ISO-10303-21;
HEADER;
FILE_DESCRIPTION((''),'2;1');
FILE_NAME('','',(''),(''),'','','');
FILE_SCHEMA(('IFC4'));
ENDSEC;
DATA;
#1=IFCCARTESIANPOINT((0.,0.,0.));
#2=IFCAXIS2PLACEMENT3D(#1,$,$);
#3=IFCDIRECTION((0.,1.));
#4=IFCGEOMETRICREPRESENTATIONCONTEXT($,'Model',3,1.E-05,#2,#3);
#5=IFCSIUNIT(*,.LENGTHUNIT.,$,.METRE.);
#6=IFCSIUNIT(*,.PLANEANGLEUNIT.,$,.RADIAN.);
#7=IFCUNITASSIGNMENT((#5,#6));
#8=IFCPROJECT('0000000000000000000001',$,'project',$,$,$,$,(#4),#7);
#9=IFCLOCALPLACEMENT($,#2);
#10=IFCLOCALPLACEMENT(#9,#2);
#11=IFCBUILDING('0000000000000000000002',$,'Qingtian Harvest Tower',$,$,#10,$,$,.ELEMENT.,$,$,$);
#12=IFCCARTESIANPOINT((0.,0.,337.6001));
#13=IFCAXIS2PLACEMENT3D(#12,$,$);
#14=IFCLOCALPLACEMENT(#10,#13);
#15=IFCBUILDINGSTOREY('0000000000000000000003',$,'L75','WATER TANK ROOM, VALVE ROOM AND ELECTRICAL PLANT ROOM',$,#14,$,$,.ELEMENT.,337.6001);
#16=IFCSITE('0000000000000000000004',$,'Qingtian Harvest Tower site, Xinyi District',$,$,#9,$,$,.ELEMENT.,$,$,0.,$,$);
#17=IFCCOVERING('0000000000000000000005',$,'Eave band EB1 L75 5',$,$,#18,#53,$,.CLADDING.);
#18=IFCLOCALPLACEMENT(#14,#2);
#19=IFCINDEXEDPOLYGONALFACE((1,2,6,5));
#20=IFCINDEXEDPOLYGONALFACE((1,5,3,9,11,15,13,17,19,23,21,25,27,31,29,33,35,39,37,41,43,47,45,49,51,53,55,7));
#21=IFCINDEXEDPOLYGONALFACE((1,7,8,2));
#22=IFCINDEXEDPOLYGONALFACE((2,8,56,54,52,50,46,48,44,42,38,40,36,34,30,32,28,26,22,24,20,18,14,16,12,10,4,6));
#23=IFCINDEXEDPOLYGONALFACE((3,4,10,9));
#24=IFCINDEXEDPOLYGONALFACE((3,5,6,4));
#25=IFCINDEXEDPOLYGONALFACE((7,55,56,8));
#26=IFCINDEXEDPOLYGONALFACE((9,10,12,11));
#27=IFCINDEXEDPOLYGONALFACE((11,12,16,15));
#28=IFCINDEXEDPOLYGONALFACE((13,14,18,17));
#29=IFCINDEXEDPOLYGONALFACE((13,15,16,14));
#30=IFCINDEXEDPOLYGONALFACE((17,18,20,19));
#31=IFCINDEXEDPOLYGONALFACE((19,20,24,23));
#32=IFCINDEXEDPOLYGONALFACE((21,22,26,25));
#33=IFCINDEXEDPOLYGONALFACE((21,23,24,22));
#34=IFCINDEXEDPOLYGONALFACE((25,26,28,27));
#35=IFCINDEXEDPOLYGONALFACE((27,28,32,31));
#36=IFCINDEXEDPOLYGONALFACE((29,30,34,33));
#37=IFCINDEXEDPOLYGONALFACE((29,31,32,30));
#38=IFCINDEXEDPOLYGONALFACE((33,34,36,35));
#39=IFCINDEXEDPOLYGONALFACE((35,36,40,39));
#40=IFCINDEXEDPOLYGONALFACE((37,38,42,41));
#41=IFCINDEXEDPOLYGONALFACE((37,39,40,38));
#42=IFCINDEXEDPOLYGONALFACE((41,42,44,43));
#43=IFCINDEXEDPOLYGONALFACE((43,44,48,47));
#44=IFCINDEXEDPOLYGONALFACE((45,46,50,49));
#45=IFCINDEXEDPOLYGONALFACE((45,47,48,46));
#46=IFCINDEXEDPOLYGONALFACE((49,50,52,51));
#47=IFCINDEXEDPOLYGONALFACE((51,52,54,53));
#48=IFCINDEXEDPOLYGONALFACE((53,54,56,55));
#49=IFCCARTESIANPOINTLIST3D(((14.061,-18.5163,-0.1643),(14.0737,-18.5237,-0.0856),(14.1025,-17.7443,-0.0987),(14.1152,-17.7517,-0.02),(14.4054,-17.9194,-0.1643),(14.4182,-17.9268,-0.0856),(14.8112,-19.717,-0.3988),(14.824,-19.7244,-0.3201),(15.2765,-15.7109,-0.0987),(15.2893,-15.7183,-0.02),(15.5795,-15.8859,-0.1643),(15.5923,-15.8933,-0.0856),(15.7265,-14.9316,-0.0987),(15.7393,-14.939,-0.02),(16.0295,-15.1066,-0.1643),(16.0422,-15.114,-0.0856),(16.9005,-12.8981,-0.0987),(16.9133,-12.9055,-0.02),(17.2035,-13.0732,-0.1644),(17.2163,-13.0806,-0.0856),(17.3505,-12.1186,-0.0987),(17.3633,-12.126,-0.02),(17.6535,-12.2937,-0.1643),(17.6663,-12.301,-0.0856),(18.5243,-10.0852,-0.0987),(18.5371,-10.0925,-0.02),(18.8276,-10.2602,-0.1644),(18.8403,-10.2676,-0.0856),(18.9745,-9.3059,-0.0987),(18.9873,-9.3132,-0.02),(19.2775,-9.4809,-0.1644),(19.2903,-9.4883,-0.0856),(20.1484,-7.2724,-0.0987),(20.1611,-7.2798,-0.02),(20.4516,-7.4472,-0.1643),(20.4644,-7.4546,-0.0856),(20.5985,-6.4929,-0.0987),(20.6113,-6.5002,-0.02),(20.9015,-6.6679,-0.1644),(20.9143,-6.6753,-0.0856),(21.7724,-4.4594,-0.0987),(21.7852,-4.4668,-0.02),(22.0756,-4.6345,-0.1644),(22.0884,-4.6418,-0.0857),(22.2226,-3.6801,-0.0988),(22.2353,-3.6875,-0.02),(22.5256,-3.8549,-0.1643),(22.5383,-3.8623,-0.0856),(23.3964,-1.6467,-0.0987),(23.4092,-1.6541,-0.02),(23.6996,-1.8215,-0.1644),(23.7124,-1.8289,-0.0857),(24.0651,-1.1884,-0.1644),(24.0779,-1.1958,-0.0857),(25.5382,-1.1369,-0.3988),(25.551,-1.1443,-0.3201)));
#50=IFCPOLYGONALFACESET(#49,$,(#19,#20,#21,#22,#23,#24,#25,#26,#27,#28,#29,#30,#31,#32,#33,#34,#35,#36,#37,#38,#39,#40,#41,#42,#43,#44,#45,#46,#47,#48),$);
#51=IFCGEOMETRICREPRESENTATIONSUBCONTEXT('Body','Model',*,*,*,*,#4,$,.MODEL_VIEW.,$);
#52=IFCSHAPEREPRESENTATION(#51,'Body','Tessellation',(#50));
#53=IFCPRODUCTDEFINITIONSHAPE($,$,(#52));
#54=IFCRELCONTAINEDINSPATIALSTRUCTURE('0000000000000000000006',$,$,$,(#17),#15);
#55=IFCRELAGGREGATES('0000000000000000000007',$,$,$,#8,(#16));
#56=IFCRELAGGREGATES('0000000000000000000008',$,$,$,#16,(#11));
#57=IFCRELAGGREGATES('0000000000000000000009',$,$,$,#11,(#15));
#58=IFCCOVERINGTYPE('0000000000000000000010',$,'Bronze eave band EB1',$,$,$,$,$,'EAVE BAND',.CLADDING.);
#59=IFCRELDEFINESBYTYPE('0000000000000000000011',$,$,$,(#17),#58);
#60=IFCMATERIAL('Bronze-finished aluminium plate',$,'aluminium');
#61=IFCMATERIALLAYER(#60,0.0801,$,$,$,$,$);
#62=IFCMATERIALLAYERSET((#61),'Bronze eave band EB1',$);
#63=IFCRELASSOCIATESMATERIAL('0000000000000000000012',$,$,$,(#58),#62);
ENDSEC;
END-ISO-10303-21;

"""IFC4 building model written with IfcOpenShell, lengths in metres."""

from ifc_helpers import new_model, si_unit, direction, frame, origin, place, context, subcontext, project, spatial, polyline, outline, extrude, material, layer, layer_set, type_object, element, save


model = new_model("IFC4")

# Units and contexts
model_context = context("Model", 3, precision=1e-05, world=origin(), true_north=direction((0.0, 1.0)))
body_context = subcontext(model_context, "Body", "Model", "MODEL_VIEW")
ifc_project = project(units=[si_unit("LENGTHUNIT", "METRE"), si_unit("PLANEANGLEUNIT", "RADIAN")], contexts=[model_context])

# Site, building, storey
site_placement = place(None, origin())
site = spatial("IfcSite", under=ifc_project, at=site_placement, Name="Qingtian Harvest Tower site, Xinyi District", CompositionType="ELEMENT", RefElevation=0.0)
building_placement = place(site_placement, origin())
building = spatial("IfcBuilding", under=site, at=building_placement, Name="Qingtian Harvest Tower", CompositionType="ELEMENT")
storey_placement = place(building_placement, frame((0.0, 0.0, 337.6001)))
storey = spatial("IfcBuildingStorey", under=building, at=storey_placement, Name="L75", Description="WATER TANK ROOM, VALVE ROOM AND ELECTRICAL PLANT ROOM", CompositionType="ELEMENT", Elevation=337.6001)

# Covering
ifc_material_1 = material(Name="Bronze-finished aluminium plate", Category="aluminium")
ifc_layer_1 = layer(ifc_material_1, 0.0801)
ifc_layer_set_1 = layer_set([ifc_layer_1], Name="Bronze eave band EB1")
covering_type = type_object("IfcCoveringType", Name="Bronze eave band EB1", ElementType="EAVE BAND", PredefinedType="CLADDING", material=ifc_layer_set_1)
covering_placement = place(storey_placement, frame((23.4092, -1.6541, -0.02), z_axis=(0.159613, -0.092151, 0.982869), x_axis=(0.851507, -0.490885, -0.184305)))
element("IfcCovering", 1, at=covering_placement, inside=storey, type_object=covering_type, Name="Eave band EB1 L75 5", PredefinedType="CLADDING", context=body_context, shape_type="SweptSolid", body=[
    extrude(outline(polyline([(0.0, 0.0), (0.3561, 0.0), (0.3566, 0.731), (1.6289, 1.5114), (1.6154, -19.943), (0.3439, -19.2775), (0.3443, -18.5883), (-0.0118, -18.5879), (-0.0102, -16.2399), (0.3458, -16.2402), (0.3464, -15.3404), (-0.0096, -15.34), (-0.0081, -12.992), (0.3479, -12.9923), (0.3484, -12.0922), (-0.0076, -12.0919), (-0.0063, -9.744), (0.3499, -9.7442), (0.3505, -8.8443), (-0.0055, -8.844), (-0.0041, -6.496), (0.352, -6.496), (0.3526, -5.5962), (-0.0035, -5.5958), (-0.0021, -3.2479), (0.3541, -3.2481), (0.3546, -2.3481), (-0.0013, -2.3479), (0.0, 0.0)])), origin(), (0.0, 0.0, -1.0), 0.0801),
])

save(model, "model.ifc")
